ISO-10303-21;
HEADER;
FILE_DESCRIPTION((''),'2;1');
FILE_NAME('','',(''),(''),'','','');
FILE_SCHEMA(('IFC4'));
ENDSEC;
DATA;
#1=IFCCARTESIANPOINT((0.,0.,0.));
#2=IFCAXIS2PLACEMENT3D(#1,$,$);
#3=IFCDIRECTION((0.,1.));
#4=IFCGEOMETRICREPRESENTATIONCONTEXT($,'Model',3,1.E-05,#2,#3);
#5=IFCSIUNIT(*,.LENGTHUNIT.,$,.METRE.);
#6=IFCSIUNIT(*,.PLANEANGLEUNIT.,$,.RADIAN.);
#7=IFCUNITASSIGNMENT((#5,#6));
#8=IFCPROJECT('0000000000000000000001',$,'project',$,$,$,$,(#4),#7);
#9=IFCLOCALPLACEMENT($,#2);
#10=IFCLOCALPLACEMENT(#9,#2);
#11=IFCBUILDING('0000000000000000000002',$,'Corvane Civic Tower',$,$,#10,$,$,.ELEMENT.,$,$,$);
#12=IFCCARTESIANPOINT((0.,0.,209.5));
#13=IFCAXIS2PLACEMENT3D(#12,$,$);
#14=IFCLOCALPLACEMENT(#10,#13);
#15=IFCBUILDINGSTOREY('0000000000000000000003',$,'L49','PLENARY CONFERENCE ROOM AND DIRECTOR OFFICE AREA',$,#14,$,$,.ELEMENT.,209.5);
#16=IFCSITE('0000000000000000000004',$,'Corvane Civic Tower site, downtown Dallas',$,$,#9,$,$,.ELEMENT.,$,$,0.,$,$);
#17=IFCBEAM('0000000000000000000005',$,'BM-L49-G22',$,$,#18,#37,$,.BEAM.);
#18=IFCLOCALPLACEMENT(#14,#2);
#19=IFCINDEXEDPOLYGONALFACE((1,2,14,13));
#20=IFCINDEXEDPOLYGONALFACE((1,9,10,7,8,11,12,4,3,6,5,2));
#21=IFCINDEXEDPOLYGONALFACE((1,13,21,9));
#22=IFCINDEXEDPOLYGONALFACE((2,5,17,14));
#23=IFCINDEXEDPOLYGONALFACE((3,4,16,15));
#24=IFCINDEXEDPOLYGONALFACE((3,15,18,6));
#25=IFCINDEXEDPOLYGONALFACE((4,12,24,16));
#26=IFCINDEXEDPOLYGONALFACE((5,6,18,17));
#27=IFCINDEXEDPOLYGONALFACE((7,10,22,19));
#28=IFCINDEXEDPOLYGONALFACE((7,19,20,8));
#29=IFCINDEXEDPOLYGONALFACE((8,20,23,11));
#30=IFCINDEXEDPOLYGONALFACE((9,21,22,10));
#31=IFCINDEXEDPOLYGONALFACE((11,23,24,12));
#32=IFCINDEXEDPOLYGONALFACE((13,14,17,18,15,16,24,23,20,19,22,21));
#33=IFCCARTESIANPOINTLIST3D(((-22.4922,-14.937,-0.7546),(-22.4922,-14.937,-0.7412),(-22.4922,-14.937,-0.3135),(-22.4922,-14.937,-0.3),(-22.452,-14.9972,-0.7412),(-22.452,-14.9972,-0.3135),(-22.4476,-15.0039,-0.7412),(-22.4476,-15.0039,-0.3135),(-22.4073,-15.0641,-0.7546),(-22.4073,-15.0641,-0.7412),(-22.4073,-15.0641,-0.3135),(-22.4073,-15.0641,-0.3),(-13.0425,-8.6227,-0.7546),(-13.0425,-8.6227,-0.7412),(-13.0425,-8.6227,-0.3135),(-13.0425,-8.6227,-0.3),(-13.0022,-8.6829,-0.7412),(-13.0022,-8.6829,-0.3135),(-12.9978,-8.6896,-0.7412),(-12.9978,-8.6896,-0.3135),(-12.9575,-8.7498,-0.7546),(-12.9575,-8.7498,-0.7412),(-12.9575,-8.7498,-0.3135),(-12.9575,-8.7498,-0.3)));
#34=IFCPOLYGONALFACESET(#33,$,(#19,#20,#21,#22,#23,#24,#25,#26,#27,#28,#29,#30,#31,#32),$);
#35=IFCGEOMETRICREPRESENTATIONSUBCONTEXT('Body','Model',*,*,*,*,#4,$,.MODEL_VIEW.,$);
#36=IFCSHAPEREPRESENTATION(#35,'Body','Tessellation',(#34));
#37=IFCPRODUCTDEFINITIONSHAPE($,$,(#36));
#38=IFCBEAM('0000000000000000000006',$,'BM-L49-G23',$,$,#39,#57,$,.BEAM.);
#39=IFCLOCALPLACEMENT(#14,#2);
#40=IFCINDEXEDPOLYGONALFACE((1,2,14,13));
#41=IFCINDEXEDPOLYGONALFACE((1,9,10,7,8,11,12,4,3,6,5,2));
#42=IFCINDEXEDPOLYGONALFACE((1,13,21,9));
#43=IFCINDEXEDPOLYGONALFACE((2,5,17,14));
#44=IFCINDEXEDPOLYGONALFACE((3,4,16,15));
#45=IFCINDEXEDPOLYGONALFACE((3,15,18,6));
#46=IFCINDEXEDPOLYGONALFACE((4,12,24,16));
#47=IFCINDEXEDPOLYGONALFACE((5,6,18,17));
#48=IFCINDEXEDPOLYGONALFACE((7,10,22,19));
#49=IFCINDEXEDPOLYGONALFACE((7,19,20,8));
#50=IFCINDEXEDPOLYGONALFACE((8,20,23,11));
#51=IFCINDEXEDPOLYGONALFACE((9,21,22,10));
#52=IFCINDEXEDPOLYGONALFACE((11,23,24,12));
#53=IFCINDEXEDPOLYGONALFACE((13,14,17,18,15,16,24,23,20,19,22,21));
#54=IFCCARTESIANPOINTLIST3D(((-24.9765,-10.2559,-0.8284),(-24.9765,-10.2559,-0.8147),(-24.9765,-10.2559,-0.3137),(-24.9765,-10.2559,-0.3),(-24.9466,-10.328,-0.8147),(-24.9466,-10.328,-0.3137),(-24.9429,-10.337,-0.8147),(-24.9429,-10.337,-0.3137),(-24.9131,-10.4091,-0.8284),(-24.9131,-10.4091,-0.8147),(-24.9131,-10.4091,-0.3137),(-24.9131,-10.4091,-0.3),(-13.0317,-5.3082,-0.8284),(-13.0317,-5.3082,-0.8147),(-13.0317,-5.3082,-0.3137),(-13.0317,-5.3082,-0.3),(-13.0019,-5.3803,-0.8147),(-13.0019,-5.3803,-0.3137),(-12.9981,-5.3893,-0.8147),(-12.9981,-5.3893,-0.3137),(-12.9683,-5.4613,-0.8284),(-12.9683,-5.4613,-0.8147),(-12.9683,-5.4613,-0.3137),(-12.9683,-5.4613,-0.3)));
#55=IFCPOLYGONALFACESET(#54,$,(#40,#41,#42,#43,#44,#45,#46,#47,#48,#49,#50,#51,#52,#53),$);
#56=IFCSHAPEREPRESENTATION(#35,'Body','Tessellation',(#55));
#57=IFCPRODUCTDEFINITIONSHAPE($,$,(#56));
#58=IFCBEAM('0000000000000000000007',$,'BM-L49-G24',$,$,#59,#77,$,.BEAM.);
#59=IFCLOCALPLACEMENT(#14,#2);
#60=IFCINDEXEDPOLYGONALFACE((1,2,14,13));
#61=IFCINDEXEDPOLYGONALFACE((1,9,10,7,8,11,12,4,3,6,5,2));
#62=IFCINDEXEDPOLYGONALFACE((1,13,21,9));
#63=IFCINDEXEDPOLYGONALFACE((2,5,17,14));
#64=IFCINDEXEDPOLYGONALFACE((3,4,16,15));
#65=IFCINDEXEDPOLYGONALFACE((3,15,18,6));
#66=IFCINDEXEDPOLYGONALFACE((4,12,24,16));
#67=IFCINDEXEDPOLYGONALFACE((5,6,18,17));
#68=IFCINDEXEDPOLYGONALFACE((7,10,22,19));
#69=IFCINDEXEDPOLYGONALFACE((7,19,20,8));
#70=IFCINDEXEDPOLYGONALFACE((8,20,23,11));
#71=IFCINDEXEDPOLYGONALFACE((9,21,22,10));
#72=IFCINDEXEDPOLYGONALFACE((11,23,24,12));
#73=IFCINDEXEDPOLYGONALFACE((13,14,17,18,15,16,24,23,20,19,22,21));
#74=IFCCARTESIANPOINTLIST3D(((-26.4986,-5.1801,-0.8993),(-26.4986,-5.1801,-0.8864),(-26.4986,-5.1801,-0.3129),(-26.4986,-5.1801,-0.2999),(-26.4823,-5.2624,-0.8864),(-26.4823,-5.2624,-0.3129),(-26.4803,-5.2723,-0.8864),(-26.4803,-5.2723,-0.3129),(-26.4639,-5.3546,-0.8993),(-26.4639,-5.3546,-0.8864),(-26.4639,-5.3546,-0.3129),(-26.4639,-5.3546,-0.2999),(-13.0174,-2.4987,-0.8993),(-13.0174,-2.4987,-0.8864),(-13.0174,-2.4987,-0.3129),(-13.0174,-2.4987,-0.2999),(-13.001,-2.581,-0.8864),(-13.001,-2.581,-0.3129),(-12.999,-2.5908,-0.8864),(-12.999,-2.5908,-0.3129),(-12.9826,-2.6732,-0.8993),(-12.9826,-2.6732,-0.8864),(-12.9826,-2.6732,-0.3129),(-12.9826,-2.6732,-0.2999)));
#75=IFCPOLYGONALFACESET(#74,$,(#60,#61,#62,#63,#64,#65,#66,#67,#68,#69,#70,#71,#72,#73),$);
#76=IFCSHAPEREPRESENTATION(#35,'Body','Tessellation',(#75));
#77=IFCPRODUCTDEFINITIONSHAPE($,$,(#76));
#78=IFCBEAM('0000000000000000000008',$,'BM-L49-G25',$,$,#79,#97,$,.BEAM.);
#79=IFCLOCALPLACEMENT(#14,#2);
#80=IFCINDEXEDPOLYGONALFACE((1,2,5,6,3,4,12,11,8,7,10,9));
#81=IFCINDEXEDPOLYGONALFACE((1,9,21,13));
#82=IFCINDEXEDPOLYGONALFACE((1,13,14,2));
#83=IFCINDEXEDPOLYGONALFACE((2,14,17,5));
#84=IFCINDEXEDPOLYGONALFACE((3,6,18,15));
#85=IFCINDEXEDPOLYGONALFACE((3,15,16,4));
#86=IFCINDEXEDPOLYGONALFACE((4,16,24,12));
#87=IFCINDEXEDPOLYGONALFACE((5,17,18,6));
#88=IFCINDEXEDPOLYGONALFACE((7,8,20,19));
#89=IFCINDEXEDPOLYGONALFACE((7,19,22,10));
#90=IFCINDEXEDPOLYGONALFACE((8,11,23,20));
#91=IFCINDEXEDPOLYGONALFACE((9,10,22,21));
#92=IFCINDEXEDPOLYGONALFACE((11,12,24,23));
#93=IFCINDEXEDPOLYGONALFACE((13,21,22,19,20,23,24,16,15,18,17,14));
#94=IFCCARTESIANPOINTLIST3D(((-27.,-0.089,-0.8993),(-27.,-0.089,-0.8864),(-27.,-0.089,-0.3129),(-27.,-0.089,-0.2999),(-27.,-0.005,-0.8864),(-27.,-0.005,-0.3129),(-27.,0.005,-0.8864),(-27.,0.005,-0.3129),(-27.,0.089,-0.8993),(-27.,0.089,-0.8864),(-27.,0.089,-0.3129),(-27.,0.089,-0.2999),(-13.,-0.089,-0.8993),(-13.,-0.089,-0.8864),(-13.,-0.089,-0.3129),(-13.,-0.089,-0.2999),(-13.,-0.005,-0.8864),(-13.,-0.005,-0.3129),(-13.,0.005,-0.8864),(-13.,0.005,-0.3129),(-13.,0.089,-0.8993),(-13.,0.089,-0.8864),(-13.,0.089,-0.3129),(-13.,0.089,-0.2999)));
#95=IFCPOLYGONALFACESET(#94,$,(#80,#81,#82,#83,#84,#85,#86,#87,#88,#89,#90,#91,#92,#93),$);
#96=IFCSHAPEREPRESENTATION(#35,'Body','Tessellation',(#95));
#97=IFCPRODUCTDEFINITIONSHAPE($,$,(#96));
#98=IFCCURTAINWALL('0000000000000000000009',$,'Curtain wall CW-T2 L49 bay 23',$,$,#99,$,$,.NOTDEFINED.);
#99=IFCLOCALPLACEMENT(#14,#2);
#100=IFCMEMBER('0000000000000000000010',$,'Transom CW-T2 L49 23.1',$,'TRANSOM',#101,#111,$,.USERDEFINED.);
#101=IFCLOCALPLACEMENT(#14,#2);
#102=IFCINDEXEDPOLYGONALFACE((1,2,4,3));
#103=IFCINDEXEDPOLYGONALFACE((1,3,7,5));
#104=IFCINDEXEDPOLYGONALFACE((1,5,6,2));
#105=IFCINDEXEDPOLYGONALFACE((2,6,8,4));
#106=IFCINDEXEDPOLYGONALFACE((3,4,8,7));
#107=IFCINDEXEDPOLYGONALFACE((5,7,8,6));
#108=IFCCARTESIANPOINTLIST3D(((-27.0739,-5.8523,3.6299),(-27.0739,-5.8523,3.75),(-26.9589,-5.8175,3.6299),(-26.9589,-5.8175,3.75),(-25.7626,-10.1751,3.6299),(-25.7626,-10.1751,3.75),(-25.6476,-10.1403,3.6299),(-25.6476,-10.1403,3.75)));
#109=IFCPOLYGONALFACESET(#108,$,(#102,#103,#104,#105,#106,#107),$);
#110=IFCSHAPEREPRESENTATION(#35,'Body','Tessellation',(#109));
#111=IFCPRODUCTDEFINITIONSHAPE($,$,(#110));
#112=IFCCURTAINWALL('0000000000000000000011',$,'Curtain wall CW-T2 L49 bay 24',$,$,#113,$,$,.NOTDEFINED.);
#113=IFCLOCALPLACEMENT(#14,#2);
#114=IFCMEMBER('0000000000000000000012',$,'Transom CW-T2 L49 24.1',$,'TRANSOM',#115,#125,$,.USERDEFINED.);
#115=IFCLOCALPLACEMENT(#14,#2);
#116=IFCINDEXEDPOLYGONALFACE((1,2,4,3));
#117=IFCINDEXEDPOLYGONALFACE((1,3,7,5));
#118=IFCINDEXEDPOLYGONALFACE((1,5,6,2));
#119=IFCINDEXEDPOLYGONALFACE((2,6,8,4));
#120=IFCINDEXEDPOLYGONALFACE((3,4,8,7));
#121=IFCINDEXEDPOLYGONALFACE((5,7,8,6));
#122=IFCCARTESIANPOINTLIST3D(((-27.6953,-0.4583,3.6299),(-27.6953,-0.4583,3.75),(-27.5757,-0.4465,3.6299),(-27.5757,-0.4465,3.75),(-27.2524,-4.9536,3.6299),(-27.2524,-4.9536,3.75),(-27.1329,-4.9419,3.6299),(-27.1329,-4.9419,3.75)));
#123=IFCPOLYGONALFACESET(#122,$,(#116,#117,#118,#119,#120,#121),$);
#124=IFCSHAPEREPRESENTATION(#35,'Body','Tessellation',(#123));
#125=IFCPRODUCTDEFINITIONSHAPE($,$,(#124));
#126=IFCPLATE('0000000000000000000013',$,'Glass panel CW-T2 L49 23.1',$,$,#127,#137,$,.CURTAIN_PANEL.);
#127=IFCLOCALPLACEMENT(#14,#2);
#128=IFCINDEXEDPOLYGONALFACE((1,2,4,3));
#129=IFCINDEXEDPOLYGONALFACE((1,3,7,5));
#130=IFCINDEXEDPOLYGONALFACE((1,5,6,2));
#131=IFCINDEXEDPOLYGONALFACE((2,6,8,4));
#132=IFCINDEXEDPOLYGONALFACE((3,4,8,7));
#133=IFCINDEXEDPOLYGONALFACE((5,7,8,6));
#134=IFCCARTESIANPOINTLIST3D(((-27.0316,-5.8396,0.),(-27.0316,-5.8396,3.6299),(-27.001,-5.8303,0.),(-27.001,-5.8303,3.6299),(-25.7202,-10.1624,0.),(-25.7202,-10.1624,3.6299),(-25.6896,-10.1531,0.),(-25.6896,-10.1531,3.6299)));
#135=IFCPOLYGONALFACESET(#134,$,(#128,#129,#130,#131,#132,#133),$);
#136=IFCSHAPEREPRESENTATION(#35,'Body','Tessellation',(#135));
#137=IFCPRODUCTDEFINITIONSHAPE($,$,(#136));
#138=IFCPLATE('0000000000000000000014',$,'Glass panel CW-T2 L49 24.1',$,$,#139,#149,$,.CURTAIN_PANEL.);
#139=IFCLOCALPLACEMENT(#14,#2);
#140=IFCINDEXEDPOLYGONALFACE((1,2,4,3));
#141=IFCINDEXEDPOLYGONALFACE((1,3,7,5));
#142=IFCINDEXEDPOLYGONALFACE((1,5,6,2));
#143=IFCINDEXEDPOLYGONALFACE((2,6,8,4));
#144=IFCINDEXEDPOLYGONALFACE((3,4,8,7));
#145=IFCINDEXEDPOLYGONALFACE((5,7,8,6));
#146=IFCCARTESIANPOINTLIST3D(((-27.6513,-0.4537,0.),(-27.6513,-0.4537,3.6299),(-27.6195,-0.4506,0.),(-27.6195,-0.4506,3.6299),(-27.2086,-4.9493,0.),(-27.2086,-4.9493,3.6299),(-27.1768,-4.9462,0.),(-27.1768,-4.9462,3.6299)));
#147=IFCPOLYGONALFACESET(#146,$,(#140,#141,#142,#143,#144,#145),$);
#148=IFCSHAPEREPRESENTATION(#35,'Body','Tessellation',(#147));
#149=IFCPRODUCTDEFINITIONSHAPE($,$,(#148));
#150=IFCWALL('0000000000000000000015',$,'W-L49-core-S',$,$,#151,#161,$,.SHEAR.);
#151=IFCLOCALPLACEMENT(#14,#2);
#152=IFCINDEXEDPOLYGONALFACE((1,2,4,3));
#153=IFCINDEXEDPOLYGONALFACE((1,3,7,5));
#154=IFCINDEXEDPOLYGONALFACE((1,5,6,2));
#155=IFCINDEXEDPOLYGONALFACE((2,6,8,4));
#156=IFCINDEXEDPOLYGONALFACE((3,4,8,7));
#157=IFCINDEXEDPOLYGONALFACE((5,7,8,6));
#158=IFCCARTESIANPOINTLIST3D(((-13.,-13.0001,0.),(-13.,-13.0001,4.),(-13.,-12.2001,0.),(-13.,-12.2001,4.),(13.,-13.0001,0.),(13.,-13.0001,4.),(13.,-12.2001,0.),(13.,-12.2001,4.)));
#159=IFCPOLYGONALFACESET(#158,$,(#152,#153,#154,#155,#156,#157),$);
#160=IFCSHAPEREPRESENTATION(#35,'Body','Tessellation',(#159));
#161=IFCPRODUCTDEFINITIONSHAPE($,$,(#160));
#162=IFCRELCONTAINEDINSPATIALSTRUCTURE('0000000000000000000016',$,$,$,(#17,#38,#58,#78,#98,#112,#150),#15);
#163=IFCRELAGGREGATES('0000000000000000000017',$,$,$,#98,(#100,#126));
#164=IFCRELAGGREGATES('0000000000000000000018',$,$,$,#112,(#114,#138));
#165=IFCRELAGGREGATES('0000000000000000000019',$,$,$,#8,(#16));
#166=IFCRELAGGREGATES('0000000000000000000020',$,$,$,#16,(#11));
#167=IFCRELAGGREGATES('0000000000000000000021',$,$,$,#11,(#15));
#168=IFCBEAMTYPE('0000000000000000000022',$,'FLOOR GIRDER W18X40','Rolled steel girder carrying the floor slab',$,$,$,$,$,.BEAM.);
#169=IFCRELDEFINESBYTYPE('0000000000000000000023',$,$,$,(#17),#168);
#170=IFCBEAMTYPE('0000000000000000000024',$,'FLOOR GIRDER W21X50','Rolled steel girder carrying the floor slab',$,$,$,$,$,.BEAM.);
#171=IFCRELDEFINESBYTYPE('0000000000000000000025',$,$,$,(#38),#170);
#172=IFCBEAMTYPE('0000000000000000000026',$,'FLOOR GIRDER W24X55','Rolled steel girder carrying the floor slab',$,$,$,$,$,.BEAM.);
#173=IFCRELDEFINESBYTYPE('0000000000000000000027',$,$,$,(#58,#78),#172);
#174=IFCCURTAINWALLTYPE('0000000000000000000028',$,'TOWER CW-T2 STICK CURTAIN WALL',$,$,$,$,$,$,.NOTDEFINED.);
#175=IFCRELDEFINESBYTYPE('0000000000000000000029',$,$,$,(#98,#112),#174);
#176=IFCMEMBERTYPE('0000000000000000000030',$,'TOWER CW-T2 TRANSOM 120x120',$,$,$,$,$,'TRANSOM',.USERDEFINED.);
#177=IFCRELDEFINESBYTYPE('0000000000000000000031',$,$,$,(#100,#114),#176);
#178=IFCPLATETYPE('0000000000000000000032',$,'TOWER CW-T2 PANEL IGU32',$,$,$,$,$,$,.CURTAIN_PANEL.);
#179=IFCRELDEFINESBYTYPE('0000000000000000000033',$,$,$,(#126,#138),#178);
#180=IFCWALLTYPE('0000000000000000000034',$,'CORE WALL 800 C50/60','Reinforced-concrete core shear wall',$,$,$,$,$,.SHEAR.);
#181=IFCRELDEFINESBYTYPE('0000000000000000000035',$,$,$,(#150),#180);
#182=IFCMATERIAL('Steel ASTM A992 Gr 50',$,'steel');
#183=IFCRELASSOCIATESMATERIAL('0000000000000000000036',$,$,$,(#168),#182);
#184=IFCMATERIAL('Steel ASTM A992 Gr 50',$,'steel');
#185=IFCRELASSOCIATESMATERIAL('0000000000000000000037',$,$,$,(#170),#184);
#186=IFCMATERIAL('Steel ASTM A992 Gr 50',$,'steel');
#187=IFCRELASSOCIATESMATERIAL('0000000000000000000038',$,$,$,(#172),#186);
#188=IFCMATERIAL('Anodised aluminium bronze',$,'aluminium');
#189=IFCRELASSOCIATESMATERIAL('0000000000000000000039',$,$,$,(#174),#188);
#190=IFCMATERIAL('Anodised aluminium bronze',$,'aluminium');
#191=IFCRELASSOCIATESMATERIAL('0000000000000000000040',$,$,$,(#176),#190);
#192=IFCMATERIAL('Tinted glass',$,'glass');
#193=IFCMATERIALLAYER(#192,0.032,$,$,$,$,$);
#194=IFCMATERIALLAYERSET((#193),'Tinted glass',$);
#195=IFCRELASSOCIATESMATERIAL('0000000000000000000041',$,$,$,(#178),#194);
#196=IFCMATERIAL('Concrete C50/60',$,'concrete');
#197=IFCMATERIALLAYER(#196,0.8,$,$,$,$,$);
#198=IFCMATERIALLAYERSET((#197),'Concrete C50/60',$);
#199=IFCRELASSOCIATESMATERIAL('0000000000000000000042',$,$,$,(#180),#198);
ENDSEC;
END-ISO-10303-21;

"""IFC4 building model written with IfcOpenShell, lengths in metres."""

from ifc_helpers import new_model, si_unit, direction, frame, frame_2d, origin, origin_2d, place, context, subcontext, project, spatial, rectangle, i_section, extrude, material, layer, layer_set, material_profile, profile_set, type_object, element, aggregate, save


model = new_model("IFC4")

# Units and contexts
model_context = context("Model", 3, precision=1e-05, world=origin(), true_north=direction((0.0, 1.0)))
body_context = subcontext(model_context, "Body", "Model", "MODEL_VIEW")
ifc_project = project(units=[si_unit("LENGTHUNIT", "METRE"), si_unit("PLANEANGLEUNIT", "RADIAN")], contexts=[model_context])

# Site, building, storey
site_placement = place(None, origin())
site = spatial("IfcSite", under=ifc_project, at=site_placement, Name="Corvane Civic Tower site, downtown Dallas", CompositionType="ELEMENT", RefElevation=0.0)
building_placement = place(site_placement, origin())
building = spatial("IfcBuilding", under=site, at=building_placement, Name="Corvane Civic Tower", CompositionType="ELEMENT")
storey_placement = place(building_placement, frame((0.0, 0.0, 209.5)))
storey = spatial("IfcBuildingStorey", under=building, at=storey_placement, Name="L49", Description="PLENARY CONFERENCE ROOM AND DIRECTOR OFFICE AREA", CompositionType="ELEMENT", Elevation=209.5)

# Beams
ifc_material_1 = material(Name="Steel ASTM A992 Gr 50", Category="steel")
ifc_material_profile_1 = material_profile(ifc_material_1, i_section(OverallWidth=0.1528, OverallDepth=0.4546, WebThickness=0.0081, FlangeThickness=0.0134, at=origin_2d()), Name="W18X40")
ifc_profile_set_1 = profile_set([ifc_material_profile_1], Name="Steel ASTM A992 Gr 50")
beam_type_1 = type_object("IfcBeamType", Name="FLOOR GIRDER W18X40", Description="Rolled steel girder carrying the floor slab", PredefinedType="BEAM", material=ifc_profile_set_1)
beam_1_placement = place(storey_placement, frame((-13.0, -8.6863, -0.5273), z_axis=(-0.831465, -0.555577, 0.0), x_axis=(0.555577, -0.831465, 0.0)))
element("IfcBeam", 1, at=beam_1_placement, inside=storey, type_object=beam_type_1, Name="BM-L49-G22", PredefinedType="BEAM", context=body_context, shape_type="SweptSolid", body=[
    extrude(i_section(OverallWidth=0.1528, OverallDepth=0.4546, WebThickness=0.0081, FlangeThickness=0.0134, at=origin_2d()), origin(), (0.0, 0.0, 1.0), 11.3652),
])
ifc_material_2 = material(Name="Steel ASTM A992 Gr 50", Category="steel")
ifc_material_profile_2 = material_profile(ifc_material_2, i_section(OverallWidth=0.1658, OverallDepth=0.5283, WebThickness=0.0098, FlangeThickness=0.0137, at=origin_2d()), Name="W21X50")
ifc_profile_set_2 = profile_set([ifc_material_profile_2], Name="Steel ASTM A992 Gr 50")
beam_type_2 = type_object("IfcBeamType", Name="FLOOR GIRDER W21X50", Description="Rolled steel girder carrying the floor slab", PredefinedType="BEAM", material=ifc_profile_set_2)
beam_2_placement = place(storey_placement, frame((-13.0, -5.3848, -0.5642), z_axis=(-0.923878, -0.382686, 0.0), x_axis=(0.382686, -0.923878, 0.0)))
element("IfcBeam", 2, at=beam_2_placement, inside=storey, type_object=beam_type_2, Name="BM-L49-G23", PredefinedType="BEAM", context=body_context, shape_type="SweptSolid", body=[
    extrude(i_section(OverallWidth=0.1658, OverallDepth=0.5283, WebThickness=0.0098, FlangeThickness=0.0137, at=origin_2d()), origin(), (0.0, 0.0, 1.0), 12.929),
])
ifc_material_3 = material(Name="Steel ASTM A992 Gr 50", Category="steel")
ifc_material_profile_3 = material_profile(ifc_material_3, i_section(OverallWidth=0.178, OverallDepth=0.5994, WebThickness=0.01, FlangeThickness=0.0129, at=origin_2d()), Name="W24X55")
ifc_profile_set_3 = profile_set([ifc_material_profile_3], Name="Steel ASTM A992 Gr 50")
beam_type_3 = type_object("IfcBeamType", Name="FLOOR GIRDER W24X55", Description="Rolled steel girder carrying the floor slab", PredefinedType="BEAM", material=ifc_profile_set_3)
beam_3_placement = place(storey_placement, frame((-13.0, -2.5859, -0.5996), z_axis=(-0.980788, -0.195078, 0.0), x_axis=(0.195078, -0.980788, 0.0)))
element("IfcBeam", 3, at=beam_3_placement, inside=storey, type_object=beam_type_3, Name="BM-L49-G24", PredefinedType="BEAM", context=body_context, shape_type="SweptSolid", body=[
    extrude(i_section(OverallWidth=0.178, OverallDepth=0.5994, WebThickness=0.01, FlangeThickness=0.0129, at=origin_2d()), origin(), (0.0, 0.0, 1.0), 13.7454),
])
beam_4_placement = place(storey_placement, frame((-13.0, 0.0, -0.5996), z_axis=(-1.0, 0.0, 0.0), x_axis=(0.0, -1.0, 0.0)))
element("IfcBeam", 4, at=beam_4_placement, inside=storey, type_object=beam_type_3, Name="BM-L49-G25", PredefinedType="BEAM", context=body_context, shape_type="SweptSolid", body=[
    extrude(i_section(OverallWidth=0.178, OverallDepth=0.5994, WebThickness=0.01, FlangeThickness=0.0129, at=origin_2d()), origin(), (0.0, 0.0, 1.0), 14.0),
])

# Curtain walls, members
ifc_material_4 = material(Name="Anodised aluminium bronze", Category="aluminium")
curtain_wall_type = type_object("IfcCurtainWallType", Name="TOWER CW-T2 STICK CURTAIN WALL", PredefinedType="NOTDEFINED", material=ifc_material_4)
curtain_wall_1_placement = place(storey_placement, origin())
curtain_wall_1 = element("IfcCurtainWall", 5, at=curtain_wall_1_placement, inside=storey, type_object=curtain_wall_type, Name="Curtain wall CW-T2 L49 bay 23", PredefinedType="NOTDEFINED")
ifc_material_5 = material(Name="Anodised aluminium bronze", Category="aluminium")
ifc_material_profile_4 = material_profile(ifc_material_5, rectangle(XDim=0.1201, YDim=0.1201, at=origin_2d()), Name="TOWER CW-T2 TRANSOM 120x120")
ifc_profile_set_4 = profile_set([ifc_material_profile_4], Name="Anodised aluminium bronze")
member_type = type_object("IfcMemberType", Name="TOWER CW-T2 TRANSOM 120x120", ElementType="TRANSOM", PredefinedType="USERDEFINED", material=ifc_profile_set_4)
member_1_placement = place(storey_placement, frame((-25.7051, -10.1577, 3.6899), z_axis=(-0.290282, 0.956941, 0.0), x_axis=(-0.956941, -0.290282, 0.0)))
member_1 = element("IfcMember", 6, at=member_1_placement, type_object=member_type, Name="Transom CW-T2 L49 23.1", ObjectType="TRANSOM", PredefinedType="USERDEFINED", context=body_context, shape_type="SweptSolid", body=[
    extrude(rectangle(XDim=0.1201, YDim=0.1201, at=origin_2d()), origin(), (0.0, 0.0, 1.0), 4.5173),
])
curtain_wall_2_placement = place(storey_placement, origin())
curtain_wall_2 = element("IfcCurtainWall", 7, at=curtain_wall_2_placement, inside=storey, type_object=curtain_wall_type, Name="Curtain wall CW-T2 L49 bay 24", PredefinedType="NOTDEFINED")
member_2_placement = place(storey_placement, frame((-27.1926, -4.9478, 3.6899), z_axis=(-0.098043, 0.995182, 0.0), x_axis=(-0.995182, -0.098043, 0.0)))
member_2 = element("IfcMember", 8, at=member_2_placement, type_object=member_type, Name="Transom CW-T2 L49 24.1", ObjectType="TRANSOM", PredefinedType="USERDEFINED", context=body_context, shape_type="SweptSolid", body=[
    extrude(rectangle(XDim=0.1201, YDim=0.1201, at=origin_2d()), origin(), (0.0, 0.0, 1.0), 4.5171),
])

# Plates
ifc_material_6 = material(Name="Tinted glass", Category="glass")
ifc_layer_1 = layer(ifc_material_6, 0.032)
ifc_layer_set_1 = layer_set([ifc_layer_1], Name="Tinted glass")
plate_type = type_object("IfcPlateType", Name="TOWER CW-T2 PANEL IGU32", PredefinedType="CURTAIN_PANEL", material=ifc_layer_set_1)
plate_1_placement = place(storey_placement, frame((-26.3606, -7.9963, 0.0), z_axis=(0.0, 0.0, 1.0), x_axis=(-0.29029, 0.956939, 0.0)))
plate_1 = element("IfcPlate", 9, at=plate_1_placement, type_object=plate_type, Name="Glass panel CW-T2 L49 23.1", PredefinedType="CURTAIN_PANEL", context=body_context, shape_type="SweptSolid", body=[
    extrude(rectangle(XDim=4.5173, YDim=0.032, at=origin_2d()), origin(), (0.0, 0.0, 1.0), 3.6299),
])
aggregate(curtain_wall_1, [member_1, plate_1])
plate_2_placement = place(storey_placement, frame((-27.4141, -2.7, 0.0), z_axis=(0.0, 0.0, 1.0), x_axis=(-0.097993, 0.995187, 0.0)))
plate_2 = element("IfcPlate", 10, at=plate_2_placement, type_object=plate_type, Name="Glass panel CW-T2 L49 24.1", PredefinedType="CURTAIN_PANEL", context=body_context, shape_type="SweptSolid", body=[
    extrude(rectangle(XDim=4.5173, YDim=0.032, at=origin_2d()), origin(), (0.0, 0.0, 1.0), 3.6299),
])
aggregate(curtain_wall_2, [member_2, plate_2])

# Wall
ifc_material_7 = material(Name="Concrete C50/60", Category="concrete")
ifc_layer_2 = layer(ifc_material_7, 0.8)
ifc_layer_set_2 = layer_set([ifc_layer_2], Name="Concrete C50/60")
wall_type_1 = type_object("IfcWallType", Name="CORE WALL 800 C50/60", Description="Reinforced-concrete core shear wall", PredefinedType="SHEAR", material=ifc_layer_set_2)
wall_1_placement = place(storey_placement, frame((-13.0, -12.6001, 0.0), z_axis=(0.0, 0.0, 1.0), x_axis=(1.0, 0.0, 0.0)))
element("IfcWall", 11, at=wall_1_placement, inside=storey, type_object=wall_type_1, Name="W-L49-core-S", PredefinedType="SHEAR", context=body_context, shape_type="SweptSolid", body=[
    extrude(rectangle(XDim=26.0, YDim=0.8, at=frame_2d((13.0, 0.0))), origin(), (0.0, 0.0, 1.0), 4.0),
])

save(model, "model.ifc")
